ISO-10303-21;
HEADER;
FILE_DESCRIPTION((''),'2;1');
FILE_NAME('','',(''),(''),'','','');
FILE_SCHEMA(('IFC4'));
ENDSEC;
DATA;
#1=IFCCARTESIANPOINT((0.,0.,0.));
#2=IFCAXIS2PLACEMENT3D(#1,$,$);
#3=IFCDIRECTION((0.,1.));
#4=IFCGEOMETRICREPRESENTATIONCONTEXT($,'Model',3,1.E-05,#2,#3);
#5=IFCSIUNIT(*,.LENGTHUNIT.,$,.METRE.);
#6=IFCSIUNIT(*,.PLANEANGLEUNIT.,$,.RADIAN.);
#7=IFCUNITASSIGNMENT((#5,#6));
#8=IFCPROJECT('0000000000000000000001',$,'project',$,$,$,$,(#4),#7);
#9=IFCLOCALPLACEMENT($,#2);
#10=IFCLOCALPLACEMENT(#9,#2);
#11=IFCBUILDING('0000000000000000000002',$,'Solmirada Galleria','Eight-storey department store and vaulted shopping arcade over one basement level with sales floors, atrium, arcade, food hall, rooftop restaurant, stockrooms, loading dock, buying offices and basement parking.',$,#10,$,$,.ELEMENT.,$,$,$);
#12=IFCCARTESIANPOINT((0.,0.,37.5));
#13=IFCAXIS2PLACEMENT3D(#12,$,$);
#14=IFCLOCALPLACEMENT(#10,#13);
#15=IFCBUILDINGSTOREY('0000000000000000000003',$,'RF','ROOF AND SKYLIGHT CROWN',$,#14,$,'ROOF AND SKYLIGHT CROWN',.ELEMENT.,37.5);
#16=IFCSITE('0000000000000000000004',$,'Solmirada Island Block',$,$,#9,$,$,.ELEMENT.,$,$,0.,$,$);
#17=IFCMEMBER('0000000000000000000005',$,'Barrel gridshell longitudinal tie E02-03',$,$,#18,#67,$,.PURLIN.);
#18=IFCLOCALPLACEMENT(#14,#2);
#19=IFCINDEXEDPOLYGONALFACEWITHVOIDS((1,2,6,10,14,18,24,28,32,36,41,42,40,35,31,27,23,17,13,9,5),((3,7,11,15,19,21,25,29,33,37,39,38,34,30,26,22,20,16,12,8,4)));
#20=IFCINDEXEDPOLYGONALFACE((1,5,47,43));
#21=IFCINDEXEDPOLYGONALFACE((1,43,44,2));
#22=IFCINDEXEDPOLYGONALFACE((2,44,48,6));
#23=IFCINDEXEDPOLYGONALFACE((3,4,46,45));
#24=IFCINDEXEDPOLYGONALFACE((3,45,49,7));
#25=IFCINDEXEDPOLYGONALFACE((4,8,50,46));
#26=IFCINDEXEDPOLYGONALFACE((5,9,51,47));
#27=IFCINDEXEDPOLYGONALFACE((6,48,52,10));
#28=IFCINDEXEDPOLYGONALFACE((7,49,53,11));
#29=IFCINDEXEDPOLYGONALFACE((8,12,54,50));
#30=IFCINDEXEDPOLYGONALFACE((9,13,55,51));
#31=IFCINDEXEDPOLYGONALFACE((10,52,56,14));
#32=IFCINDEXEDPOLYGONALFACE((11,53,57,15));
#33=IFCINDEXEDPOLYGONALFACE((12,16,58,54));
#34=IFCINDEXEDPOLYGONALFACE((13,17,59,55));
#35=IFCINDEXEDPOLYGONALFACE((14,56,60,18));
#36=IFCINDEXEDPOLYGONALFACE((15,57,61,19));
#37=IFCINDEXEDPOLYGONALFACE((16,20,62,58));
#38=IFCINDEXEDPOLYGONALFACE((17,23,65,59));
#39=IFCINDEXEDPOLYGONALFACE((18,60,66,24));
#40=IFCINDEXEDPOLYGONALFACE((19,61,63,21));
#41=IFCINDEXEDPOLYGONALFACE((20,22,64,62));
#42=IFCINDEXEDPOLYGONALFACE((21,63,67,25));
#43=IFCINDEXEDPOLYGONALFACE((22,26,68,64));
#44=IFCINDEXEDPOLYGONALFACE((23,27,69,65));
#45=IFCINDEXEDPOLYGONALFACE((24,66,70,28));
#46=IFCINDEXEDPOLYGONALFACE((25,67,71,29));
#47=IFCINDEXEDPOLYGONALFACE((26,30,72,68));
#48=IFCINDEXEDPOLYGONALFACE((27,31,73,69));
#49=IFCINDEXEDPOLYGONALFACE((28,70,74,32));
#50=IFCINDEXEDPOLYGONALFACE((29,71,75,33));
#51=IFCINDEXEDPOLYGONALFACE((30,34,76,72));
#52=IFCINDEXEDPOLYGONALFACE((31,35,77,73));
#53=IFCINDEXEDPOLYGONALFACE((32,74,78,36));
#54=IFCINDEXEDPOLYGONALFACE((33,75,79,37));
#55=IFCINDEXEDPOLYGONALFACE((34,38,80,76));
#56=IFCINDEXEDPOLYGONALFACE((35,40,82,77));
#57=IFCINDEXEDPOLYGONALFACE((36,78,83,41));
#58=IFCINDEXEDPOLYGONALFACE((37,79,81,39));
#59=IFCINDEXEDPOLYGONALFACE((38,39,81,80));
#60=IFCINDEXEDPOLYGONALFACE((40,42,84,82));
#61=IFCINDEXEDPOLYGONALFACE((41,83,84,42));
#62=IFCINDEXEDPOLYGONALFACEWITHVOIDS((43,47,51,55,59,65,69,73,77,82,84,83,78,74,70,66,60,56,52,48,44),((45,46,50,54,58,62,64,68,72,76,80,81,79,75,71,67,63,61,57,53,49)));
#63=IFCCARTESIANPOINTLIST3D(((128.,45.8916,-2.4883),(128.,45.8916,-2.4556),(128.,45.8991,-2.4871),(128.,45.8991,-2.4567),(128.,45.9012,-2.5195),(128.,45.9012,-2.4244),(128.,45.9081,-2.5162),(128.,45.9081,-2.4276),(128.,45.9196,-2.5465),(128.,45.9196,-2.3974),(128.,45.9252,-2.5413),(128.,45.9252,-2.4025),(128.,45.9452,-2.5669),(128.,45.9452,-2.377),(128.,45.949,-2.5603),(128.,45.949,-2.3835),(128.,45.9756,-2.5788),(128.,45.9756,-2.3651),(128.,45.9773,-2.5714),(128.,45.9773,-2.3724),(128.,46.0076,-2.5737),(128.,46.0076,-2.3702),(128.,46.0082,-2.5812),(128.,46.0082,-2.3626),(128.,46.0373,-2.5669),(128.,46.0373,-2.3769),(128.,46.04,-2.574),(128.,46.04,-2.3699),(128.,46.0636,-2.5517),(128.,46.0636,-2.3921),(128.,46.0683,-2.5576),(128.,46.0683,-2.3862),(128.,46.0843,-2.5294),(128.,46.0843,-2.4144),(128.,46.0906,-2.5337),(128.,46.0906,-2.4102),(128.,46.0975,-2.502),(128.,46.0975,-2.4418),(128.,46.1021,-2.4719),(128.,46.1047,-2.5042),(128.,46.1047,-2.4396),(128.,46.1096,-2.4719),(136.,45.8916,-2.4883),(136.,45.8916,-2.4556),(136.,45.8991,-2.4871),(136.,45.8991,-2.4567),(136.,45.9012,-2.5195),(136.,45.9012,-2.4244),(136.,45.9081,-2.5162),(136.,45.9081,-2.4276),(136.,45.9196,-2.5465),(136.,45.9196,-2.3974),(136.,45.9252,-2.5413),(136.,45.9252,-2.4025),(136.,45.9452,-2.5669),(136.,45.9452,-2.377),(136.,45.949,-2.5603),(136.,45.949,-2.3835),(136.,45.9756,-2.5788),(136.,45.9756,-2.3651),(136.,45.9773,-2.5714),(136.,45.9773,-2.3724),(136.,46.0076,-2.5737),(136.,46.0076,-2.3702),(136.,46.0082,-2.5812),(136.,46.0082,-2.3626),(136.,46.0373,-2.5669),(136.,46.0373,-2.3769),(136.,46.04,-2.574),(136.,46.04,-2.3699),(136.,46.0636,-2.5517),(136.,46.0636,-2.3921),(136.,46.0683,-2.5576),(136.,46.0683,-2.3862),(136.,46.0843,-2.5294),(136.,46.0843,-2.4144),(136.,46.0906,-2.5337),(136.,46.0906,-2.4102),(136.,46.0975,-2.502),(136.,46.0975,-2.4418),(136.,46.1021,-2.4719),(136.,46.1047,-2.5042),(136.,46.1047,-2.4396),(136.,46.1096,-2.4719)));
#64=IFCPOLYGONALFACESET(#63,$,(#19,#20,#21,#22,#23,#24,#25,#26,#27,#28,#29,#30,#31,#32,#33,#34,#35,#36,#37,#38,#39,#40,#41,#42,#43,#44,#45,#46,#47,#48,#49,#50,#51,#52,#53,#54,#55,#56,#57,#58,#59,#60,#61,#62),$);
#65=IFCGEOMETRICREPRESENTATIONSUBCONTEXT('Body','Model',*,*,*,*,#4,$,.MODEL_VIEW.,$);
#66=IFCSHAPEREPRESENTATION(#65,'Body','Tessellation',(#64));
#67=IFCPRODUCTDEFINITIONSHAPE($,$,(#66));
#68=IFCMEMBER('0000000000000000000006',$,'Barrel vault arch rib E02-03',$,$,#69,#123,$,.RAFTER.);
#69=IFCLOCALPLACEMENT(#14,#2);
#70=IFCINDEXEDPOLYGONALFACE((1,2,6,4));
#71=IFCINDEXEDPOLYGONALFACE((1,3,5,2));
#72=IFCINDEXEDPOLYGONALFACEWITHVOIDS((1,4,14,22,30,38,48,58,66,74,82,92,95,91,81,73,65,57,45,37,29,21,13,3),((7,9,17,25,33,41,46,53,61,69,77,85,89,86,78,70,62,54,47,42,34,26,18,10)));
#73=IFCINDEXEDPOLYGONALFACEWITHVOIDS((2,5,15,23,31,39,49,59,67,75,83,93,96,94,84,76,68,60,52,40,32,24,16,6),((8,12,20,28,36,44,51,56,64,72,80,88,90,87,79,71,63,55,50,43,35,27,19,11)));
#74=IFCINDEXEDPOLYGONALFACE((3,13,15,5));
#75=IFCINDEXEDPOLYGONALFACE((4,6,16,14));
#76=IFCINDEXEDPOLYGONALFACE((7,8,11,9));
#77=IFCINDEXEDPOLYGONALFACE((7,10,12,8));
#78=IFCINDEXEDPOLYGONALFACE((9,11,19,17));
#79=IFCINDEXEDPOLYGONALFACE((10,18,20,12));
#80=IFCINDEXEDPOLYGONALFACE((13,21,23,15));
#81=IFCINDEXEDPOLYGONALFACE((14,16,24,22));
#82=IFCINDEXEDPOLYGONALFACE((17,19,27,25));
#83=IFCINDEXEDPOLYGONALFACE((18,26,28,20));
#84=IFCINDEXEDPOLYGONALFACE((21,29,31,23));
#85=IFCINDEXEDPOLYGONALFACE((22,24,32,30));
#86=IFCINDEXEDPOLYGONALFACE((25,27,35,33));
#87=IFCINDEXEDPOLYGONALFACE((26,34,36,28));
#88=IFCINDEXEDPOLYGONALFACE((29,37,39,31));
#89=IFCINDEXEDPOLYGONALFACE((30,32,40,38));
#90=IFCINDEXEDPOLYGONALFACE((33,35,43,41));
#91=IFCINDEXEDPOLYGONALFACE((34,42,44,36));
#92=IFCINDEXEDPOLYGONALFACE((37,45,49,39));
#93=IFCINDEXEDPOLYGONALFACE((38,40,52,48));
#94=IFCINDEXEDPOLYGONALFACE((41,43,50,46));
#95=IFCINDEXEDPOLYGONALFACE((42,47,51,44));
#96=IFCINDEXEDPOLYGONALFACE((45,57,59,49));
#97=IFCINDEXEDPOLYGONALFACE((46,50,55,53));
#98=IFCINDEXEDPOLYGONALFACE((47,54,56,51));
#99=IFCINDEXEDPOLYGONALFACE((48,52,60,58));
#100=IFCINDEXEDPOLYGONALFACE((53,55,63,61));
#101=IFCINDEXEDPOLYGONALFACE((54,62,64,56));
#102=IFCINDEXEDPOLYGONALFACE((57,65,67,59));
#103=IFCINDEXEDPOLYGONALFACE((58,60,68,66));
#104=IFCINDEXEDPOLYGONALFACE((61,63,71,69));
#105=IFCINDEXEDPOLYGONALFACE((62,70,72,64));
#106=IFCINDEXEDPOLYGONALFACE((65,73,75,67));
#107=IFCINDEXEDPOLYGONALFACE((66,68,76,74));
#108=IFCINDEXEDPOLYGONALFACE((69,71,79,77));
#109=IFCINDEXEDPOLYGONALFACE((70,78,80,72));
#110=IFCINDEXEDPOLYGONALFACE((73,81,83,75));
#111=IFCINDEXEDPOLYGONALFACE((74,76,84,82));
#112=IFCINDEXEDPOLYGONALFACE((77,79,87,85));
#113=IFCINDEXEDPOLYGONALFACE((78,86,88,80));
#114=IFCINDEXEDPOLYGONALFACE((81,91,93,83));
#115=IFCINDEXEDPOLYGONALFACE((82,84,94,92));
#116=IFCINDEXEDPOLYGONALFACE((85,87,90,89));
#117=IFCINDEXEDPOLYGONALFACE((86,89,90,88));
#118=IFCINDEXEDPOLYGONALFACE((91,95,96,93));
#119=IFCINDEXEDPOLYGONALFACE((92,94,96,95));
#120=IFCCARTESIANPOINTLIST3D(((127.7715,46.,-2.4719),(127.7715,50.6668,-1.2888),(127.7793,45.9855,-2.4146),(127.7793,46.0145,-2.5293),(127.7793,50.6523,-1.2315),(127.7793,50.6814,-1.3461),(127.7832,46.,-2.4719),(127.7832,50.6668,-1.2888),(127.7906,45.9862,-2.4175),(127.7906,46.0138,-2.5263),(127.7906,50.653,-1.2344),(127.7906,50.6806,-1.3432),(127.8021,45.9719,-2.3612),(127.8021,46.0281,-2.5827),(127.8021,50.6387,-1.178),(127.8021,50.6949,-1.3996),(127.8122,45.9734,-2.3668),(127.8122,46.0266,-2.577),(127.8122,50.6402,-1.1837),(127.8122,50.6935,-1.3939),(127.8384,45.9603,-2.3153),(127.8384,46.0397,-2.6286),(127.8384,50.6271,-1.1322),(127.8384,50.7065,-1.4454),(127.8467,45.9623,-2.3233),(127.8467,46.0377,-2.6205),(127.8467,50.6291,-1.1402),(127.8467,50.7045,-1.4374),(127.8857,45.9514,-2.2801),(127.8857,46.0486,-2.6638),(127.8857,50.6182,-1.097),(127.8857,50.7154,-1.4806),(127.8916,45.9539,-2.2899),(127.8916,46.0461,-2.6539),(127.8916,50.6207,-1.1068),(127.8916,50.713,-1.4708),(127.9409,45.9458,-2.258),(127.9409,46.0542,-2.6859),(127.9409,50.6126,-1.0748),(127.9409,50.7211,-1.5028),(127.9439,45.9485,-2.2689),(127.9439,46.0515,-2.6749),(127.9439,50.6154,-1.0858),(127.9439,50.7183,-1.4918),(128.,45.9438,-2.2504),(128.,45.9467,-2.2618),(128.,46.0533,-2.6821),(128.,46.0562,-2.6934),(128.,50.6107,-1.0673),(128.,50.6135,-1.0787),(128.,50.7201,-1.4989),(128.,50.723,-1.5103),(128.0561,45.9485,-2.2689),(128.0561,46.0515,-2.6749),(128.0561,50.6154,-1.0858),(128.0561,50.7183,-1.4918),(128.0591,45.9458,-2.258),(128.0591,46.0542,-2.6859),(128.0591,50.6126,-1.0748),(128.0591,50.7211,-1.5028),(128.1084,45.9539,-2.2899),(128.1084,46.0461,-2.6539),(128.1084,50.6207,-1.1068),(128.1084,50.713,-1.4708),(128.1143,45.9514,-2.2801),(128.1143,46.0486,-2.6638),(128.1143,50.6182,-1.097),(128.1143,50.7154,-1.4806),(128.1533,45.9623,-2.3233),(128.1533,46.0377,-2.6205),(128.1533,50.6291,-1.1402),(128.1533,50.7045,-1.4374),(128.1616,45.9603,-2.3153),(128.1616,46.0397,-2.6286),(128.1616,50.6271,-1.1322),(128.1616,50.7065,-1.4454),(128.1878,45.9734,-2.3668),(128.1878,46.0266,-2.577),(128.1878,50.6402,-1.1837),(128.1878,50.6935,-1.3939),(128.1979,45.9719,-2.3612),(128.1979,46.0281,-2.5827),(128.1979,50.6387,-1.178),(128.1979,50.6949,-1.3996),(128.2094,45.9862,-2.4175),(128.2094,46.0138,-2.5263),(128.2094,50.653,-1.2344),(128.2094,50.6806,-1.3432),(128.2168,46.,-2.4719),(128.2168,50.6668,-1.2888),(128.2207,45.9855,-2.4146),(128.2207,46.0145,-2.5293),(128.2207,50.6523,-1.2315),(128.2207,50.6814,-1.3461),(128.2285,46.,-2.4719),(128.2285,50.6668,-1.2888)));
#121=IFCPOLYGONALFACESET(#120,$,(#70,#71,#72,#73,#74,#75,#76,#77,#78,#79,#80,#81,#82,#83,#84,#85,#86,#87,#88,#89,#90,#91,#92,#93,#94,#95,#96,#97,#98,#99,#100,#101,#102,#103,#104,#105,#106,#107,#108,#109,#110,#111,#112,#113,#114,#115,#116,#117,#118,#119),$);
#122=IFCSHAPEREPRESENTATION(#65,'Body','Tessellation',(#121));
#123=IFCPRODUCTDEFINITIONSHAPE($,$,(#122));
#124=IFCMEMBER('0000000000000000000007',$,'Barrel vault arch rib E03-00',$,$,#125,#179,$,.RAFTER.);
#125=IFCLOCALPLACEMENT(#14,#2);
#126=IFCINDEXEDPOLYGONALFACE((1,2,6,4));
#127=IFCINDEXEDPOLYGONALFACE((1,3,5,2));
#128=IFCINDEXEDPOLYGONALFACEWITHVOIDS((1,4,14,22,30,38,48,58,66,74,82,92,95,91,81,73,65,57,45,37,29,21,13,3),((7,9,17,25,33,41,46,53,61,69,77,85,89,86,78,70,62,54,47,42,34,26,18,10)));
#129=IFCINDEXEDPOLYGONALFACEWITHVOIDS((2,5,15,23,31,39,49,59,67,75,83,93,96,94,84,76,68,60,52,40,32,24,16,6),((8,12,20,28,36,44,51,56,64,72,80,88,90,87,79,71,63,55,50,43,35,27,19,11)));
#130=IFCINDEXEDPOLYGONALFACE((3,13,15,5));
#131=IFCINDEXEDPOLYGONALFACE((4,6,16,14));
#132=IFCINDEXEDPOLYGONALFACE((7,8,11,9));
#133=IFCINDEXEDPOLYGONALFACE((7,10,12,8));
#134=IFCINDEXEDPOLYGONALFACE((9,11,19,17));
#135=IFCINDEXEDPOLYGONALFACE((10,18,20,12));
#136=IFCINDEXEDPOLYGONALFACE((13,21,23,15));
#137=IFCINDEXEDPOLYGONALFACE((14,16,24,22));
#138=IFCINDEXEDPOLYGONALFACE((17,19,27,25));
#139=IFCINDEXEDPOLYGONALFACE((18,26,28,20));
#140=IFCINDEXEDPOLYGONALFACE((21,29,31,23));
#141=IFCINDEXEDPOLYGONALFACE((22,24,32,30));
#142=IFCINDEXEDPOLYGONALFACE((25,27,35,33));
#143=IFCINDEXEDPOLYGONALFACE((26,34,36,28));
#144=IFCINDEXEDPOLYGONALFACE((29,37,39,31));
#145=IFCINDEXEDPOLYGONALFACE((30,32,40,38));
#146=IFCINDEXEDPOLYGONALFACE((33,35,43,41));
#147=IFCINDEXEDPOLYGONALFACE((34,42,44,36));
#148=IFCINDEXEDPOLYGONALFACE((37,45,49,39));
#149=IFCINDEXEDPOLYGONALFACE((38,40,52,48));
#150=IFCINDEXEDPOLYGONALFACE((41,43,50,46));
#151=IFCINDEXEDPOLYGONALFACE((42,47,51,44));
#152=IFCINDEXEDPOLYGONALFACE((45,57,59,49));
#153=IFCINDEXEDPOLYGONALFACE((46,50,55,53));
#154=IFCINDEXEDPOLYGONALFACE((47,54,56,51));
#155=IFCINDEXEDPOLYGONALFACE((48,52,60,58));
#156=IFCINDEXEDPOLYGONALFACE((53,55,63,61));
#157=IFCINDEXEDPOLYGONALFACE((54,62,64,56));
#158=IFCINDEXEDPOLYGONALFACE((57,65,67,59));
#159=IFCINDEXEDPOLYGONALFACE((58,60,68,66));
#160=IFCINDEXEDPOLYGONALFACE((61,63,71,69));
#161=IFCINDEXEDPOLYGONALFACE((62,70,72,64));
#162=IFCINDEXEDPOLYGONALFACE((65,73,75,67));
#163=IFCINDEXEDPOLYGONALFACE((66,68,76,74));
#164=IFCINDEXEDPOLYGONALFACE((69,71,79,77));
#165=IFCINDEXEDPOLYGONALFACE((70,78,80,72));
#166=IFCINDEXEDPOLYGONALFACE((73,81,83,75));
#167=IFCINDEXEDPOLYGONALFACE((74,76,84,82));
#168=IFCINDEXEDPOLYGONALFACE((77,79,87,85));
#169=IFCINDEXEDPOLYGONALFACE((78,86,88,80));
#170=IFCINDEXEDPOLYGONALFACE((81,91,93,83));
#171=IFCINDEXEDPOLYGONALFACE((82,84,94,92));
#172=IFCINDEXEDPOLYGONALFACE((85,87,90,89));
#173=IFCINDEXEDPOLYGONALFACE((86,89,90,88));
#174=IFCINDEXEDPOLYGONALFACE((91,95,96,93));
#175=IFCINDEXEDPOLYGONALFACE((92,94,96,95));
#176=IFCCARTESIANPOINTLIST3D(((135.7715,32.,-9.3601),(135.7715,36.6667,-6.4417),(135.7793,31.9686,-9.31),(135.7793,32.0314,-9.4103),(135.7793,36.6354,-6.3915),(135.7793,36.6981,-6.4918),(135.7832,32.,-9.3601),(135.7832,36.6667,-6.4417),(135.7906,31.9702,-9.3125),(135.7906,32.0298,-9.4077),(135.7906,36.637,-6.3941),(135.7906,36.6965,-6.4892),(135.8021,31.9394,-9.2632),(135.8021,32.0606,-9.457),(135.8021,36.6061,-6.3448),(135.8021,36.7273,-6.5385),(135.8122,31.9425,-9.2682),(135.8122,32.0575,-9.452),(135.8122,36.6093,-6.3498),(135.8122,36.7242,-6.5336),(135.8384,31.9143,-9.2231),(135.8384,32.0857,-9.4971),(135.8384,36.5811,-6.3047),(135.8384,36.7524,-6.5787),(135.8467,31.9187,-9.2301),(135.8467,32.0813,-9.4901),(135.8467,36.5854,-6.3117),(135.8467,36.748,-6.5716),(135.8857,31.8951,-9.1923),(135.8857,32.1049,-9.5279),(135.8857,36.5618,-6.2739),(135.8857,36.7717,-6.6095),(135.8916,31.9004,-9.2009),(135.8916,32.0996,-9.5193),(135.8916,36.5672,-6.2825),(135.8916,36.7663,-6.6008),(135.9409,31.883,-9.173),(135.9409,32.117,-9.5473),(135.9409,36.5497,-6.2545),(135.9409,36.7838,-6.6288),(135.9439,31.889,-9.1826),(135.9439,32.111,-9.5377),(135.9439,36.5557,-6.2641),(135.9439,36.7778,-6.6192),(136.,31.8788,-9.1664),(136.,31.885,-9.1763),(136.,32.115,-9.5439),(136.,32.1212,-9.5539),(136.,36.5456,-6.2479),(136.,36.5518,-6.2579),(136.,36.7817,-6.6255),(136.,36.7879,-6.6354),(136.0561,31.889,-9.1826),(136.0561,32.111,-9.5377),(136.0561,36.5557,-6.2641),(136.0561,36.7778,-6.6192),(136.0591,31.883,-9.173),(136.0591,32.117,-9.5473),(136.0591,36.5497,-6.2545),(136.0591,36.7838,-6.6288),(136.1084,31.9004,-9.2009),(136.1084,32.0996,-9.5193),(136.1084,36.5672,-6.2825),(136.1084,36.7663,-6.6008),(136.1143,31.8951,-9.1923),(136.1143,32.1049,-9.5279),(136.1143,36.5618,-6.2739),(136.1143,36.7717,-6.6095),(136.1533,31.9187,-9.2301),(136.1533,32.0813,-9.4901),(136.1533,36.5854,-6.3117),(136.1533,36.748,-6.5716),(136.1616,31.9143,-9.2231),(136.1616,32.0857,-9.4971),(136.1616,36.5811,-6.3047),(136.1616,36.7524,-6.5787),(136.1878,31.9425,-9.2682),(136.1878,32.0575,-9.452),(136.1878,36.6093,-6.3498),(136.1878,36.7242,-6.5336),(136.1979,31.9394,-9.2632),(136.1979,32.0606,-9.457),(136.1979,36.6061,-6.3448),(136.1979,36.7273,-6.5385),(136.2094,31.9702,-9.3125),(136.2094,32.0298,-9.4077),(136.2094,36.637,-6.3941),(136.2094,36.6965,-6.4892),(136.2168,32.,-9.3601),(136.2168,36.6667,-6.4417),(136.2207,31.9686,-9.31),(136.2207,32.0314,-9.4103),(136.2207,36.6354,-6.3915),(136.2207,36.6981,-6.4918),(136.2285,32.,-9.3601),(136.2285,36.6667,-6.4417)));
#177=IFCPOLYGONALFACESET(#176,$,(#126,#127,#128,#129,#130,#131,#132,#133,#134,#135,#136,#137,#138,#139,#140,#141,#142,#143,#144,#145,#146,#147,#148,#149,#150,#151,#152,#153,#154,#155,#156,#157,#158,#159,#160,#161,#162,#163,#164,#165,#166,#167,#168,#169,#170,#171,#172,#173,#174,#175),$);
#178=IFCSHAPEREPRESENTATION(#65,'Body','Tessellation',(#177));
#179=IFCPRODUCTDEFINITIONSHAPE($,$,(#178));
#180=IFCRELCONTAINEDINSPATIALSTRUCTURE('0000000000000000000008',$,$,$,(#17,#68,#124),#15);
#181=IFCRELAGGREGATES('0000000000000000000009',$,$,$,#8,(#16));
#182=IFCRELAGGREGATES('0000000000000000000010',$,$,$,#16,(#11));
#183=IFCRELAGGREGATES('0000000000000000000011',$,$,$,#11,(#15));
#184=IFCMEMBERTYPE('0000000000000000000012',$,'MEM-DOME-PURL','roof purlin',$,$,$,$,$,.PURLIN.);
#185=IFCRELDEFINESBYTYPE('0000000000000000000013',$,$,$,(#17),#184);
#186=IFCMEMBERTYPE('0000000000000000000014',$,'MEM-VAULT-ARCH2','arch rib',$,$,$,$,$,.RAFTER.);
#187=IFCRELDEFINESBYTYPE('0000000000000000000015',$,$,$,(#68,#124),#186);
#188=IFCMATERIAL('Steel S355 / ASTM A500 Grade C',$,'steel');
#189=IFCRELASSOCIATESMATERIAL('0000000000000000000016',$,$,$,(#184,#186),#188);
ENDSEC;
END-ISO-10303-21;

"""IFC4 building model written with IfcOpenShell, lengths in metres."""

from ifc_helpers import new_model, si_unit, direction, frame, origin, origin_2d, place, context, subcontext, project, spatial, hollow_circle, extrude, material, material_profile, profile_set, type_object, element, save


model = new_model("IFC4")

# Units and contexts
model_context = context("Model", 3, precision=1e-05, world=origin(), true_north=direction((0.0, 1.0)))
body_context = subcontext(model_context, "Body", "Model", "MODEL_VIEW")
ifc_project = project(units=[si_unit("LENGTHUNIT", "METRE"), si_unit("PLANEANGLEUNIT", "RADIAN")], contexts=[model_context])

# Site, building, storey
site_placement = place(None, origin())
site = spatial("IfcSite", under=ifc_project, at=site_placement, Name="Solmirada Island Block", CompositionType="ELEMENT", RefElevation=0.0)
building_placement = place(site_placement, origin())
building = spatial("IfcBuilding", under=site, at=building_placement, Name="Solmirada Galleria", Description="Eight-storey department store and vaulted shopping arcade over one basement level with sales floors, atrium, arcade, food hall, rooftop restaurant, stockrooms, loading dock, buying offices and basement parking.", CompositionType="ELEMENT")
storey_placement = place(building_placement, frame((0.0, 0.0, 37.5)))
storey = spatial("IfcBuildingStorey", under=building, at=storey_placement, Name="RF", Description="ROOF AND SKYLIGHT CROWN", LongName="ROOF AND SKYLIGHT CROWN", CompositionType="ELEMENT", Elevation=37.5)

# Members
ifc_material_1 = material(Name="Steel S355 / ASTM A500 Grade C", Category="steel")
ifc_material_profile_1 = material_profile(ifc_material_1, hollow_circle(Radius=0.1096, WallThickness=0.0076, at=origin_2d()), Name="HSS8.625X0.322")
ifc_profile_set_1 = profile_set([ifc_material_profile_1], Name="Steel S355 / ASTM A500 Grade C")
member_type_1 = type_object("IfcMemberType", Name="MEM-DOME-PURL", Description="roof purlin", PredefinedType="PURLIN", material=ifc_profile_set_1)
member_1_placement = place(storey_placement, frame((128.0, 46.0, -2.4719), z_axis=(1.0, 0.0, 0.0), x_axis=(0.0, 1.0, 0.0)))
element("IfcMember", 1, at=member_1_placement, inside=storey, type_object=member_type_1, Name="Barrel gridshell longitudinal tie E02-03", PredefinedType="PURLIN", context=body_context, shape_type="SweptSolid", body=[
    extrude(hollow_circle(Radius=0.1096, WallThickness=0.0076, at=origin_2d()), origin(), (0.0, 0.0, 1.0), 8.0),
])
ifc_material_profile_2 = material_profile(ifc_material_1, hollow_circle(Radius=0.2285, WallThickness=0.0117, at=origin_2d()), Name="HSS18.000X0.500")
ifc_profile_set_2 = profile_set([ifc_material_profile_2], Name="Steel S355 / ASTM A500 Grade C")
member_type_2 = type_object("IfcMemberType", Name="MEM-VAULT-ARCH2", Description="arch rib", PredefinedType="RAFTER", material=ifc_profile_set_2)
member_2_placement = place(storey_placement, frame((128.0, 46.0, -2.4719), z_axis=(0.0, 0.969335, 0.245744), x_axis=(-1.0, 0.0, 0.0)))
element("IfcMember", 2, at=member_2_placement, inside=storey, type_object=member_type_2, Name="Barrel vault arch rib E02-03", PredefinedType="RAFTER", context=body_context, shape_type="SweptSolid", body=[
    extrude(hollow_circle(Radius=0.2285, WallThickness=0.0117, at=origin_2d()), origin(), (0.0, 0.0, 1.0), 4.8145),
])
member_3_placement = place(storey_placement, frame((136.0, 32.0, -9.3601), z_axis=(0.0, 0.847856, 0.530226), x_axis=(-1.0, 0.0, 0.0)))
element("IfcMember", 3, at=member_3_placement, inside=storey, type_object=member_type_2, Name="Barrel vault arch rib E03-00", PredefinedType="RAFTER", context=body_context, shape_type="SweptSolid", body=[
    extrude(hollow_circle(Radius=0.2285, WallThickness=0.0117, at=origin_2d()), origin(), (0.0, 0.0, 1.0), 5.5042),
])

save(model, "model.ifc")
